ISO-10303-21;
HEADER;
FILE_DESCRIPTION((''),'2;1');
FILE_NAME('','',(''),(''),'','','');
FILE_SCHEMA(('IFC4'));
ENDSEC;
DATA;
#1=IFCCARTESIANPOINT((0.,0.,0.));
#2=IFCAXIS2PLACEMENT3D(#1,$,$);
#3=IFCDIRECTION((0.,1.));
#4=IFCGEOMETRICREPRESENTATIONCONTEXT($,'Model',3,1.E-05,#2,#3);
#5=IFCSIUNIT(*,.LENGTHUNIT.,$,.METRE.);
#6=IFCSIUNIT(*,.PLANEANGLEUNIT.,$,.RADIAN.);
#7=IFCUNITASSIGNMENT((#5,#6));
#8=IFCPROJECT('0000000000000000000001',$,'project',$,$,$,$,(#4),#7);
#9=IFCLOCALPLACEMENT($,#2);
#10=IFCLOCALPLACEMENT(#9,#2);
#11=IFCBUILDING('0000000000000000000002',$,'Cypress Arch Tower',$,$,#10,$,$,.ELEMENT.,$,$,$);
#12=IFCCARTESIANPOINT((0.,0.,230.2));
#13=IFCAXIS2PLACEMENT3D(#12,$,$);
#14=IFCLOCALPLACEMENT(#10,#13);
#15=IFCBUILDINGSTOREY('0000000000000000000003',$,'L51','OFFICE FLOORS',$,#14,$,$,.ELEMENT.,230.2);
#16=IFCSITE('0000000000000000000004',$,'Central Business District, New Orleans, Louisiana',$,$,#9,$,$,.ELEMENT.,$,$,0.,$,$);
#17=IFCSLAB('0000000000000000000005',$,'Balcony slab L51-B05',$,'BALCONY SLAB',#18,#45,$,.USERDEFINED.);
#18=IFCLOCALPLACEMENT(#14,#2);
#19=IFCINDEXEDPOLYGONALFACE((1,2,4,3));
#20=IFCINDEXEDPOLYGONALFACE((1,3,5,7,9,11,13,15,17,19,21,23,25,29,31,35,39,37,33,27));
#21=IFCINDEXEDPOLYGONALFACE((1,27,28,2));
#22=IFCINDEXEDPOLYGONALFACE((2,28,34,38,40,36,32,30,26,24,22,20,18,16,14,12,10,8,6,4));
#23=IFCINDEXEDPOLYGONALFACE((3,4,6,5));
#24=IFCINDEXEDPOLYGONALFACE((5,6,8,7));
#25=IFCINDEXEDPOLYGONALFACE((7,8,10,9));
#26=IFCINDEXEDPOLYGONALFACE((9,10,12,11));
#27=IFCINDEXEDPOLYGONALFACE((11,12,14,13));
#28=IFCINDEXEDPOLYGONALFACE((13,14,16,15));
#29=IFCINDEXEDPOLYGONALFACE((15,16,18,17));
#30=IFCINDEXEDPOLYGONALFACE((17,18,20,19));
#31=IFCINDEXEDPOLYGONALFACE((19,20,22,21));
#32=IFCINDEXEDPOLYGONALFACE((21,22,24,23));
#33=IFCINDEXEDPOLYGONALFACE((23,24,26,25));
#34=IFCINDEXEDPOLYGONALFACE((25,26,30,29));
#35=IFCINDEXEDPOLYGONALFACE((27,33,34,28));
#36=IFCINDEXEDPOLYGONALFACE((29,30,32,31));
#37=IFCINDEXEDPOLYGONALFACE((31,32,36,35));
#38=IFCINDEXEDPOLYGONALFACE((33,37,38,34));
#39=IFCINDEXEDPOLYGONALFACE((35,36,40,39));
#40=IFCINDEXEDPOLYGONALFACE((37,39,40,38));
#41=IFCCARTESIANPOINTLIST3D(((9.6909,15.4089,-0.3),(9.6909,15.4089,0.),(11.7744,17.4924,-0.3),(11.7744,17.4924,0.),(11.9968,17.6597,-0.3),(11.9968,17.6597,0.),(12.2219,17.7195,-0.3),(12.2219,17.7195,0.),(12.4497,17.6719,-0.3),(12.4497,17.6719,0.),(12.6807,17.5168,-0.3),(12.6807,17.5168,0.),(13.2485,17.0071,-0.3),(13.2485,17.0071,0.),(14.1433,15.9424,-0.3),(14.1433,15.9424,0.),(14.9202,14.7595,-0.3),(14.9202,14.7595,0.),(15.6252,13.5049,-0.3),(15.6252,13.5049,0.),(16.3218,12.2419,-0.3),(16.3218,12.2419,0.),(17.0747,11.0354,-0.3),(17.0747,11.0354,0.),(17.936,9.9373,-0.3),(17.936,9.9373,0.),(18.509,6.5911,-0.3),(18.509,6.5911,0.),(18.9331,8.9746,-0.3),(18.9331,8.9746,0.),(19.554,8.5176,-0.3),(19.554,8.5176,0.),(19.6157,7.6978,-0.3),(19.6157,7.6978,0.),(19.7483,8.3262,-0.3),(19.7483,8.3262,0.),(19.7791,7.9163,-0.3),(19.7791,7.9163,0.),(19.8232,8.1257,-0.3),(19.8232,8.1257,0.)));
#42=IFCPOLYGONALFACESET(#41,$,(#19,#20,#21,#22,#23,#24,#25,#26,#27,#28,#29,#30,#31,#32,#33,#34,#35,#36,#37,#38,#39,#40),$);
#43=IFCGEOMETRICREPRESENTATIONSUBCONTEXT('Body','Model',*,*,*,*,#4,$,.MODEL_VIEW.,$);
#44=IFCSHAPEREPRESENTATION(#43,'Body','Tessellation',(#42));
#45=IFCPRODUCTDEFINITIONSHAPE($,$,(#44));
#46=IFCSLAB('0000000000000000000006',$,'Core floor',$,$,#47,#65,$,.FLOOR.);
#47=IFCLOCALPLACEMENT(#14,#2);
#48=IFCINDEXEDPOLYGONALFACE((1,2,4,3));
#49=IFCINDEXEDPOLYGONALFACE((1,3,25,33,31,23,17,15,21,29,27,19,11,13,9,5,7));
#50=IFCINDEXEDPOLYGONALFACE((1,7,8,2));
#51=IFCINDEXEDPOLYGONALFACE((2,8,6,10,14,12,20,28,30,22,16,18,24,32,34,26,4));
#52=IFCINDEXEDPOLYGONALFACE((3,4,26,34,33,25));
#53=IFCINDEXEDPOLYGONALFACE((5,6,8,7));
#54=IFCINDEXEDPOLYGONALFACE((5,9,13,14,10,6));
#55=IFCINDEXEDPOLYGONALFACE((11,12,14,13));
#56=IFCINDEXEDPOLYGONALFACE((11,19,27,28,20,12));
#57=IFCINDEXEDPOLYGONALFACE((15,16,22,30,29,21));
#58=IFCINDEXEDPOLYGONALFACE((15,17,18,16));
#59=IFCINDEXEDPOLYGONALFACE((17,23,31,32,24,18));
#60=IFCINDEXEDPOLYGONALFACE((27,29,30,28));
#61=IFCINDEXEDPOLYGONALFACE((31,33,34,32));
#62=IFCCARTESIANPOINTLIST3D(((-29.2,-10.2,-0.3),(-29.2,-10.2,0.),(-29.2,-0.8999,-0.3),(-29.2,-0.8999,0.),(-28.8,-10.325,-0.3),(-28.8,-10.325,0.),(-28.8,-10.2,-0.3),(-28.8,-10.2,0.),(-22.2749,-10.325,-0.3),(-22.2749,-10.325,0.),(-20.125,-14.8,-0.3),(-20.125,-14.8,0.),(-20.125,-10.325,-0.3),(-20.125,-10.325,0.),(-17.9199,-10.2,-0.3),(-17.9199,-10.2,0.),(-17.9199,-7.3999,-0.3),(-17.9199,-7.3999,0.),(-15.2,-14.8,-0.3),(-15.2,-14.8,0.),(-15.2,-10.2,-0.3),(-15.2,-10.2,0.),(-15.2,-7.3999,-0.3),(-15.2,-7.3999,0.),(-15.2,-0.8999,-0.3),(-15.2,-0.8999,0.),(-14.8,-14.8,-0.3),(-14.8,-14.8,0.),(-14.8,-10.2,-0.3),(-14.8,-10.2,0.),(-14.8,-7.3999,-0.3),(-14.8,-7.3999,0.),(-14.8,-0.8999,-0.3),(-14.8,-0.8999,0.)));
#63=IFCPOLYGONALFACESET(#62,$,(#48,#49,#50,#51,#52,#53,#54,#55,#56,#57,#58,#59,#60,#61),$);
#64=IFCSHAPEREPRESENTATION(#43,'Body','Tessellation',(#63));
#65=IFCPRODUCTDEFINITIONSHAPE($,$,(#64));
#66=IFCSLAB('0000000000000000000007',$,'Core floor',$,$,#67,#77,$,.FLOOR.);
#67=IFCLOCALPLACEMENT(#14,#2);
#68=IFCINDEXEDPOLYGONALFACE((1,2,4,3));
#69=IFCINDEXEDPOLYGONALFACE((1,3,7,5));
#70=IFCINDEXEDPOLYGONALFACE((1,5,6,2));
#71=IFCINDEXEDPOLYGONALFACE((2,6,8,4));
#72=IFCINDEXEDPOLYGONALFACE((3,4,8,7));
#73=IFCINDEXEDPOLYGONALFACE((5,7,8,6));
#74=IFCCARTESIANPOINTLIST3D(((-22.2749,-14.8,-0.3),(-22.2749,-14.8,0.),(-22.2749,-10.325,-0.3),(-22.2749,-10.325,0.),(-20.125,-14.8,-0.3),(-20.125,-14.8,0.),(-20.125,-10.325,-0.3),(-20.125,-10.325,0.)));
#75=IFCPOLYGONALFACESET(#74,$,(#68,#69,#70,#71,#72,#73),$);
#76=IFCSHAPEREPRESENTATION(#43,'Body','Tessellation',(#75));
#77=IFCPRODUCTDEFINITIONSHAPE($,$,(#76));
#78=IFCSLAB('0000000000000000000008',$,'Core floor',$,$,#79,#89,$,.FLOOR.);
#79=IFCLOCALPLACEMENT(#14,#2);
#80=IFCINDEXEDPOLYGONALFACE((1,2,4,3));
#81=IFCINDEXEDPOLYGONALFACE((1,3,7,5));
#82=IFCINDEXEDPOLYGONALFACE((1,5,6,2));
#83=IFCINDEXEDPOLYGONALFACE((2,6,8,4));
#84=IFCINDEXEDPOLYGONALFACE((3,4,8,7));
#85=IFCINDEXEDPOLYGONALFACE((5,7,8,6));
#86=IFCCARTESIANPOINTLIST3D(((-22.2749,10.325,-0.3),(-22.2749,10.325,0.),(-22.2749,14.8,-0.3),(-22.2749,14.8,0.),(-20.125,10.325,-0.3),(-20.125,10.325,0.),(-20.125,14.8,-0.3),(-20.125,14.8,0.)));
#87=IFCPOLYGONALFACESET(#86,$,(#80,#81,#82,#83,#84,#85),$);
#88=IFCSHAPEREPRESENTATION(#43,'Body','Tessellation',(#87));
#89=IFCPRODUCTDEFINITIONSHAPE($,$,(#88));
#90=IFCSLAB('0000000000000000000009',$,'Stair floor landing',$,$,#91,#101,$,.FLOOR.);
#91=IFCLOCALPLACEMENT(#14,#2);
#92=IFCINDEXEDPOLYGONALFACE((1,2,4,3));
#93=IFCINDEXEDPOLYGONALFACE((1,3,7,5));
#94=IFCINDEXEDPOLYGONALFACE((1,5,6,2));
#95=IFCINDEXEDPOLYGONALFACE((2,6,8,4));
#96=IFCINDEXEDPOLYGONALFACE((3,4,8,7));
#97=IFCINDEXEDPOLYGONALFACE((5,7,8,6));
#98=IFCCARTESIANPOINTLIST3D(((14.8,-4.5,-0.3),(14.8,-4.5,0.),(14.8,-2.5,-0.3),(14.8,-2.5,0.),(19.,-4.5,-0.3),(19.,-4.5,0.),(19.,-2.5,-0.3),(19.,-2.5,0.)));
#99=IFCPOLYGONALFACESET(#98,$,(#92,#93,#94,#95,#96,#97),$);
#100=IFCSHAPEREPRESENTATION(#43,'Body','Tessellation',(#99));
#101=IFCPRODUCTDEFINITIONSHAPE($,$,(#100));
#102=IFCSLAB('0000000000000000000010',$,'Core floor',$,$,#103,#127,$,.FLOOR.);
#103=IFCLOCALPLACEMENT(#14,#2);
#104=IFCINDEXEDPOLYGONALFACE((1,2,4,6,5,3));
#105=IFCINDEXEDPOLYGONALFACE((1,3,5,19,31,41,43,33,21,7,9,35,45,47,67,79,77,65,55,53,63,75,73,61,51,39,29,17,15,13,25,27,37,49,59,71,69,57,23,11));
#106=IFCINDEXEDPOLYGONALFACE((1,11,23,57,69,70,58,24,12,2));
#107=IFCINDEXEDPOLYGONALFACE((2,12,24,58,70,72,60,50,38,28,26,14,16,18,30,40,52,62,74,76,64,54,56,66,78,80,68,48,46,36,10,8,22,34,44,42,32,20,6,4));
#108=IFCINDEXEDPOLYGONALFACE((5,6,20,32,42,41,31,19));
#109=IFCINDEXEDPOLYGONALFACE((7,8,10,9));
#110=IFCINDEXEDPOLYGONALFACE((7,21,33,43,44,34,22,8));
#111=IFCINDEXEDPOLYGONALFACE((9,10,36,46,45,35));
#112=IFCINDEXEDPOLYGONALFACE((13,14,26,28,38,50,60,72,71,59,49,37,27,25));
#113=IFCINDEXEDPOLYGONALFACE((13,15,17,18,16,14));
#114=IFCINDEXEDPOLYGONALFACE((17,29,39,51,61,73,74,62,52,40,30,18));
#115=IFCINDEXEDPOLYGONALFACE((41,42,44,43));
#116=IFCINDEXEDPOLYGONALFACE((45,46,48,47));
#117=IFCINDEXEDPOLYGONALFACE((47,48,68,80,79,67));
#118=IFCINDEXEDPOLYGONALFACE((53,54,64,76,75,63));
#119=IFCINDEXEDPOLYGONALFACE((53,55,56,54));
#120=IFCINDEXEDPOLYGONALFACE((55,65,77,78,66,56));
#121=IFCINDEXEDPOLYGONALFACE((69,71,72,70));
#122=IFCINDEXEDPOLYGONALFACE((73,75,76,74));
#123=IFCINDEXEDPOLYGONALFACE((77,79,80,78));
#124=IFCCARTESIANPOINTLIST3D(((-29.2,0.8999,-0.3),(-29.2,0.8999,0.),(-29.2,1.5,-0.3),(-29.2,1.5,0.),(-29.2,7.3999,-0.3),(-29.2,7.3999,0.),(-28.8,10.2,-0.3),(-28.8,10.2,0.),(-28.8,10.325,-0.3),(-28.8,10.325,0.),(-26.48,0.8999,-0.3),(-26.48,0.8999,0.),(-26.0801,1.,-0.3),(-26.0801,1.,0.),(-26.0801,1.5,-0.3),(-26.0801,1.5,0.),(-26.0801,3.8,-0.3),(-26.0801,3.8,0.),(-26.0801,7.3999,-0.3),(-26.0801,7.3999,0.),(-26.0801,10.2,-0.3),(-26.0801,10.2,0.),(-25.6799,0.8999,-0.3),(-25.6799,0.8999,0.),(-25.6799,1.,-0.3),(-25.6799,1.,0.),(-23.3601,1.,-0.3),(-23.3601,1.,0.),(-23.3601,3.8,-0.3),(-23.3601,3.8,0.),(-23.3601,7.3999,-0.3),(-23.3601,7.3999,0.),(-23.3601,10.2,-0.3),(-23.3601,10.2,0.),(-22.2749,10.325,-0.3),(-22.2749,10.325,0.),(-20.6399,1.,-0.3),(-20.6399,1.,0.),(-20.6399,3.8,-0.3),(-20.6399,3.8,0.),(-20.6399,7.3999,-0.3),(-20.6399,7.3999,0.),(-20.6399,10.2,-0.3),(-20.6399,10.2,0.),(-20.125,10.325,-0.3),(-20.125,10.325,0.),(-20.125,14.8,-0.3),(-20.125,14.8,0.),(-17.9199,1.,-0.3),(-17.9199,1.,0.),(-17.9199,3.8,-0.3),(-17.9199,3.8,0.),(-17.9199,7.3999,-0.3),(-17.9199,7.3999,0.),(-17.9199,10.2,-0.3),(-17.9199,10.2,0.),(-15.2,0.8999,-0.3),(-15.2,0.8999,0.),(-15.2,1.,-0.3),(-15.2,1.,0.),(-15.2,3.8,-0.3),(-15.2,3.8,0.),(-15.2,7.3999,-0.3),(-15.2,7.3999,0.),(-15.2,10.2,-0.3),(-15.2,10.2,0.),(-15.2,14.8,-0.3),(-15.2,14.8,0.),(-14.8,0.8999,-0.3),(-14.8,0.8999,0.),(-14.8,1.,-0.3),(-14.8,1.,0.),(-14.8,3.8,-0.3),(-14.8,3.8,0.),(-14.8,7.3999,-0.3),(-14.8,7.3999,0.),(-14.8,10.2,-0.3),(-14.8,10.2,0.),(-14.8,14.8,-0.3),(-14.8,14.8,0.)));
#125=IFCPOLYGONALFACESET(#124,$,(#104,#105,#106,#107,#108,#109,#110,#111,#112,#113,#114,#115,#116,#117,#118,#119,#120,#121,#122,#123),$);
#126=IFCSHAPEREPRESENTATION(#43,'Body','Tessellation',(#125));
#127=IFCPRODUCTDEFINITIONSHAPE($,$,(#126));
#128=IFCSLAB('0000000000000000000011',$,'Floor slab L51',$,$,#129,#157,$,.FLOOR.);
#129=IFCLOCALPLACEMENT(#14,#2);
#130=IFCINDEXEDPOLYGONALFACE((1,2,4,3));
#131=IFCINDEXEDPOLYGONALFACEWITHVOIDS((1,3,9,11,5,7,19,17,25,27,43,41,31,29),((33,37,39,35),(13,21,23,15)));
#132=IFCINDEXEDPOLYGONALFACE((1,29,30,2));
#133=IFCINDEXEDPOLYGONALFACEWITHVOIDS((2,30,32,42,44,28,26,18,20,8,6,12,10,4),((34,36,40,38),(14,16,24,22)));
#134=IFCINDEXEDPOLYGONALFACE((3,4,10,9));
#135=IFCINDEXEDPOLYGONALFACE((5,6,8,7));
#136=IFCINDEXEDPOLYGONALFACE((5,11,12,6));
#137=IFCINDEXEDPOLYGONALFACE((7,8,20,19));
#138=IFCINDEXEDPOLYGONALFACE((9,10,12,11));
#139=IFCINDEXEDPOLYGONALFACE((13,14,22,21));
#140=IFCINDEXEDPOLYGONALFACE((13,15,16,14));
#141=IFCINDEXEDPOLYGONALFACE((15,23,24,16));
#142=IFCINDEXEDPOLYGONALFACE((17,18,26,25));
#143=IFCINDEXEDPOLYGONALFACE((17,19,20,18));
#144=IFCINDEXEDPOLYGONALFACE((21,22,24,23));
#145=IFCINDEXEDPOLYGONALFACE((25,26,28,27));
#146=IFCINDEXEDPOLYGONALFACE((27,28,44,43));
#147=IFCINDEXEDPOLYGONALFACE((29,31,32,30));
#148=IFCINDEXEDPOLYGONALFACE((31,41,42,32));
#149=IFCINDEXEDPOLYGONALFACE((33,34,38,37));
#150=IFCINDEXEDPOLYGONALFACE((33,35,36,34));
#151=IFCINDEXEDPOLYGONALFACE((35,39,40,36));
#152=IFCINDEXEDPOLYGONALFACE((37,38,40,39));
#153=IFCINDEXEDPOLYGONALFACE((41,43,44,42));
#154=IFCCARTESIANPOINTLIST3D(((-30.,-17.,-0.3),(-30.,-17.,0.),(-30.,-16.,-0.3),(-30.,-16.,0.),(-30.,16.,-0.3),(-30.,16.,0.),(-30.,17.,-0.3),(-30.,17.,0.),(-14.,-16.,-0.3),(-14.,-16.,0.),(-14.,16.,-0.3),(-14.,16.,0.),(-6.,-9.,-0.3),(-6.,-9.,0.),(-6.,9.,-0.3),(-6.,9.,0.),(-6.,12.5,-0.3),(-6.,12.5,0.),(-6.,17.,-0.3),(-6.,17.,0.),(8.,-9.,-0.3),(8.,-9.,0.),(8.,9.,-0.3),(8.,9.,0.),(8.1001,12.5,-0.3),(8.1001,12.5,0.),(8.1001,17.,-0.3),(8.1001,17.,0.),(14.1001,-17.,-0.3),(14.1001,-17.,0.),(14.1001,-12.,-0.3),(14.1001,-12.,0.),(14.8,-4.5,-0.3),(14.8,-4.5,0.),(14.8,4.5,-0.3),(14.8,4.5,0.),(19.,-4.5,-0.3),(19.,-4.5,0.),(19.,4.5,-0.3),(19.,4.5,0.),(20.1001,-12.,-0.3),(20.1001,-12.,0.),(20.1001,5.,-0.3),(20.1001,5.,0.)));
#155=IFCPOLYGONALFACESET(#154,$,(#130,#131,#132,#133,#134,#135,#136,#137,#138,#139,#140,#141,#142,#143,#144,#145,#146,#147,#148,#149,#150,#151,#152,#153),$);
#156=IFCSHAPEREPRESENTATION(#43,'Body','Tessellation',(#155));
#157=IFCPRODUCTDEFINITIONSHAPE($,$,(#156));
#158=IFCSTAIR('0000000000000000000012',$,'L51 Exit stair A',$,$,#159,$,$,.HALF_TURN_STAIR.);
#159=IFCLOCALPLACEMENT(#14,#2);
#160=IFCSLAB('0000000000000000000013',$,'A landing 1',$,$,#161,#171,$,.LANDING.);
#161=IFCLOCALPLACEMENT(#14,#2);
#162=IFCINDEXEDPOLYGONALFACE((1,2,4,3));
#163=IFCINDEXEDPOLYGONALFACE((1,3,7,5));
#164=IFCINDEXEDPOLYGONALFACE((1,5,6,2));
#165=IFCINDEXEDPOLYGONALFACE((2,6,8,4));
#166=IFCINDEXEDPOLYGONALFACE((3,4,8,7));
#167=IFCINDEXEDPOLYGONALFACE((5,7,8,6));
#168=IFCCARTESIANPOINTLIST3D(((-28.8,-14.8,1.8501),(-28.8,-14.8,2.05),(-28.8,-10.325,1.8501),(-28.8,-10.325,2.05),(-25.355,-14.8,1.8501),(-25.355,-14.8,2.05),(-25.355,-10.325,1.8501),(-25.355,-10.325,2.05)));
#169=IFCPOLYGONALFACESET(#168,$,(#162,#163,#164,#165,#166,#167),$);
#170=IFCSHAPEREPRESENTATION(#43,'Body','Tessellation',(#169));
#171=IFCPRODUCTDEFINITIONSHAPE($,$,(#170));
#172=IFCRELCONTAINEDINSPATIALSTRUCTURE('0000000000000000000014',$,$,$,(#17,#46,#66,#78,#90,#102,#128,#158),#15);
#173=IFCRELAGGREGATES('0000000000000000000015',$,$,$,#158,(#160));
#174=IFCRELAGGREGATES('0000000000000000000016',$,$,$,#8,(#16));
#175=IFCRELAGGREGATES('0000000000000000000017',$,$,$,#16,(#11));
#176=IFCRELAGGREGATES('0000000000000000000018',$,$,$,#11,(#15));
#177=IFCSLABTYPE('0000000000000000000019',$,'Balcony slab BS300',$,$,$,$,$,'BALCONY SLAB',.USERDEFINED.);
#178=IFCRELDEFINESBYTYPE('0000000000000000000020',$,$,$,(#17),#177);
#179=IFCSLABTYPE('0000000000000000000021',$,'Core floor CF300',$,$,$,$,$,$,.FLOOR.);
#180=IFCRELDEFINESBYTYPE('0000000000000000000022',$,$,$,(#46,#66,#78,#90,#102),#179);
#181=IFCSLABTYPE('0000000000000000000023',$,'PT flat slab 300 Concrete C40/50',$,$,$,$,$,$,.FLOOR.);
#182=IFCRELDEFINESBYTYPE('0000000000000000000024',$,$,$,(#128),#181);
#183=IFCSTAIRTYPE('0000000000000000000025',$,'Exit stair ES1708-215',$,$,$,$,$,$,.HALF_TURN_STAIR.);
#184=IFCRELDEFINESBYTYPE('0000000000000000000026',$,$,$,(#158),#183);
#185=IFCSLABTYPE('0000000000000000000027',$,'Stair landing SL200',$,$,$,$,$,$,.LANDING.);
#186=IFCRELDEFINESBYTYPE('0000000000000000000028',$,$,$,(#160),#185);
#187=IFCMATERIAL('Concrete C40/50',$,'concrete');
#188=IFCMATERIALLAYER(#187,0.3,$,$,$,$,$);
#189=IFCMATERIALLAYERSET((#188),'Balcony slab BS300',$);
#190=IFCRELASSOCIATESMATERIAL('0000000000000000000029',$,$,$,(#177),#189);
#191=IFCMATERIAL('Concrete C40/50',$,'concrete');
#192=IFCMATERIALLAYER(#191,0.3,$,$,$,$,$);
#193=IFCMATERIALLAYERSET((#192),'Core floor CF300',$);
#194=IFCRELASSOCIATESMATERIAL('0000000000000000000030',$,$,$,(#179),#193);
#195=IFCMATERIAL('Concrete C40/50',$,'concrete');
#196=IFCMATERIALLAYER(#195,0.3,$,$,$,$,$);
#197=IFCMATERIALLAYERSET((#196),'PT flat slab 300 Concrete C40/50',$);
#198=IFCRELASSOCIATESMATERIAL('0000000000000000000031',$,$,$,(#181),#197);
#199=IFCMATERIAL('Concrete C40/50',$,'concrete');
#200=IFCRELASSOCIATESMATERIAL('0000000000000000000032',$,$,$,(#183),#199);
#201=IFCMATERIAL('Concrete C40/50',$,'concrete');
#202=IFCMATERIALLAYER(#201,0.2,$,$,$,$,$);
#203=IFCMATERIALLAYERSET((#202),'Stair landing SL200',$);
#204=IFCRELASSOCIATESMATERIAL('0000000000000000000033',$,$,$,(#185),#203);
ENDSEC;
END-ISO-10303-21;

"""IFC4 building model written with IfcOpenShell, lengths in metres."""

from ifc_helpers import new_model, si_unit, direction, frame, origin, place, context, subcontext, project, spatial, polyline, outline, extrude, material, layer, layer_set, type_object, element, aggregate, save


model = new_model("IFC4")

# Units and contexts
model_context = context("Model", 3, precision=1e-05, world=origin(), true_north=direction((0.0, 1.0)))
body_context = subcontext(model_context, "Body", "Model", "MODEL_VIEW")
ifc_project = project(units=[si_unit("LENGTHUNIT", "METRE"), si_unit("PLANEANGLEUNIT", "RADIAN")], contexts=[model_context])

# Site, building, storey
site_placement = place(None, origin())
site = spatial("IfcSite", under=ifc_project, at=site_placement, Name="Central Business District, New Orleans, Louisiana", CompositionType="ELEMENT", RefElevation=0.0)
building_placement = place(site_placement, origin())
building = spatial("IfcBuilding", under=site, at=building_placement, Name="Cypress Arch Tower", CompositionType="ELEMENT")
storey_placement = place(building_placement, frame((0.0, 0.0, 230.2)))
storey = spatial("IfcBuildingStorey", under=building, at=storey_placement, Name="L51", Description="OFFICE FLOORS", CompositionType="ELEMENT", Elevation=230.2)

# Slabs
ifc_material_1 = material(Name="Concrete C40/50", Category="concrete")
ifc_layer_1 = layer(ifc_material_1, 0.3)
ifc_layer_set_1 = layer_set([ifc_layer_1], Name="Balcony slab BS300")
slab_type_1 = type_object("IfcSlabType", Name="Balcony slab BS300", ElementType="BALCONY SLAB", PredefinedType="USERDEFINED", material=ifc_layer_set_1)
slab_1_placement = place(storey_placement, frame((0.0, 0.0, -0.3)))
element("IfcSlab", 1, at=slab_1_placement, inside=storey, type_object=slab_type_1, Name="Balcony slab L51-B05", ObjectType="BALCONY SLAB", PredefinedType="USERDEFINED", context=body_context, shape_type="SweptSolid", body=[
    extrude(outline(polyline([(18.509, 6.5911), (19.6157, 7.6978), (19.7791, 7.9163), (19.8232, 8.1257), (19.7483, 8.3262), (19.554, 8.5176), (18.9331, 8.9746), (17.936, 9.9373), (17.0747, 11.0354), (16.3218, 12.2419), (15.6252, 13.5049), (14.9202, 14.7595), (14.1433, 15.9424), (13.2485, 17.0071), (12.6807, 17.5168), (12.4497, 17.6719), (12.2219, 17.7195), (11.9968, 17.6597), (11.7744, 17.4924), (9.6909, 15.4089), (18.509, 6.5911)])), origin(), (0.0, 0.0, 1.0), 0.3),
])
ifc_material_2 = material(Name="Concrete C40/50", Category="concrete")
ifc_layer_2 = layer(ifc_material_2, 0.3)
ifc_layer_set_2 = layer_set([ifc_layer_2], Name="Core floor CF300")
slab_type_2 = type_object("IfcSlabType", Name="Core floor CF300", PredefinedType="FLOOR", material=ifc_layer_set_2)
slab_2_placement = place(storey_placement, frame((0.0, 0.0, -0.3)))
element("IfcSlab", 2, at=slab_2_placement, inside=storey, type_object=slab_type_2, Name="Core floor", PredefinedType="FLOOR", context=body_context, shape_type="SweptSolid", body=[
    extrude(outline(polyline([(-28.8, -10.2), (-29.2, -10.2), (-29.2, -0.8999), (-15.2, -0.8999), (-14.8, -0.8999), (-14.8, -7.3999), (-15.2, -7.3999), (-17.9199, -7.3999), (-17.9199, -10.2), (-15.2, -10.2), (-14.8, -10.2), (-14.8, -14.8), (-15.2, -14.8), (-20.125, -14.8), (-20.125, -10.325), (-22.2749, -10.325), (-28.8, -10.325), (-28.8, -10.2)])), origin(), (0.0, 0.0, 1.0), 0.3),
])
slab_3_placement = place(storey_placement, frame((0.0, 0.0, -0.3)))
element("IfcSlab", 3, at=slab_3_placement, inside=storey, type_object=slab_type_2, Name="Core floor", PredefinedType="FLOOR", context=body_context, shape_type="SweptSolid", body=[
    extrude(outline(polyline([(-22.2749, -10.325), (-22.2749, -14.8), (-20.125, -14.8), (-20.125, -10.325), (-22.2749, -10.325)])), origin(), (0.0, 0.0, 1.0), 0.3),
])
slab_4_placement = place(storey_placement, frame((0.0, 0.0, -0.3)))
element("IfcSlab", 4, at=slab_4_placement, inside=storey, type_object=slab_type_2, Name="Core floor", PredefinedType="FLOOR", context=body_context, shape_type="SweptSolid", body=[
    extrude(outline(polyline([(-20.125, 14.8), (-22.2749, 14.8), (-22.2749, 10.325), (-20.125, 10.325), (-20.125, 14.8)])), origin(), (0.0, 0.0, 1.0), 0.3),
])
slab_5_placement = place(storey_placement, frame((0.0, 0.0, -0.3)))
element("IfcSlab", 5, at=slab_5_placement, inside=storey, type_object=slab_type_2, Name="Stair floor landing", PredefinedType="FLOOR", context=body_context, shape_type="SweptSolid", body=[
    extrude(outline(polyline([(19.0, -4.5), (19.0, -2.5), (14.8, -2.5), (14.8, -4.5), (19.0, -4.5)])), origin(), (0.0, 0.0, 1.0), 0.3),
])
slab_6_placement = place(storey_placement, frame((0.0, 0.0, -0.3)))
element("IfcSlab", 6, at=slab_6_placement, inside=storey, type_object=slab_type_2, Name="Core floor", PredefinedType="FLOOR", context=body_context, shape_type="SweptSolid", body=[
    extrude(outline(polyline([(-20.6399, 7.3999), (-20.6399, 10.2), (-23.3601, 10.2), (-26.0801, 10.2), (-28.8, 10.2), (-28.8, 10.325), (-22.2749, 10.325), (-20.125, 10.325), (-20.125, 14.8), (-15.2, 14.8), (-14.8, 14.8), (-14.8, 10.2), (-15.2, 10.2), (-17.9199, 10.2), (-17.9199, 7.3999), (-15.2, 7.3999), (-14.8, 7.3999), (-14.8, 3.8), (-15.2, 3.8), (-17.9199, 3.8), (-20.6399, 3.8), (-23.3601, 3.8), (-26.0801, 3.8), (-26.0801, 1.5), (-26.0801, 1.5), (-26.0801, 1.0), (-25.6799, 1.0), (-23.3601, 1.0), (-20.6399, 1.0), (-17.9199, 1.0), (-15.2, 1.0), (-14.8, 1.0), (-14.8, 0.8999), (-15.2, 0.8999), (-25.6799, 0.8999), (-26.48, 0.8999), (-29.2, 0.8999), (-29.2, 1.5), (-29.2, 7.3999), (-26.0801, 7.3999), (-23.3601, 7.3999), (-20.6399, 7.3999)])), origin(), (0.0, 0.0, 1.0), 0.3),
])
ifc_material_3 = material(Name="Concrete C40/50", Category="concrete")
ifc_layer_3 = layer(ifc_material_3, 0.3)
ifc_layer_set_3 = layer_set([ifc_layer_3], Name="PT flat slab 300 Concrete C40/50")
slab_type_3 = type_object("IfcSlabType", Name="PT flat slab 300 Concrete C40/50", PredefinedType="FLOOR", material=ifc_layer_set_3)
slab_7_placement = place(storey_placement, frame((0.0, 0.0, -0.3)))
element("IfcSlab", 7, at=slab_7_placement, inside=storey, type_object=slab_type_3, Name="Floor slab L51", PredefinedType="FLOOR", context=body_context, shape_type="SweptSolid", body=[
    extrude(outline(polyline([(-30.0, 17.0), (-6.0, 17.0), (-6.0, 12.5), (8.1001, 12.5), (8.1001, 17.0), (20.1001, 5.0), (20.1001, -12.0), (14.1001, -12.0), (14.1001, -17.0), (-30.0, -17.0), (-30.0, -16.0), (-14.0, -16.0), (-14.0, 16.0), (-30.0, 16.0), (-30.0, 17.0)]), holes=[polyline([(-6.0, -9.0), (8.0, -9.0), (8.0, 9.0), (-6.0, 9.0), (-6.0, -9.0)]), polyline([(14.8, -4.5), (19.0, -4.5), (19.0, 4.5), (14.8, 4.5), (14.8, -4.5)])]), origin(), (0.0, 0.0, 1.0), 0.3),
])

# Stair, slab
ifc_material_4 = material(Name="Concrete C40/50", Category="concrete")
stair_type_1 = type_object("IfcStairType", Name="Exit stair ES1708-215", PredefinedType="HALF_TURN_STAIR", material=ifc_material_4)
stair_1_placement = place(storey_placement, origin())
stair_1 = element("IfcStair", 8, at=stair_1_placement, inside=storey, type_object=stair_type_1, Name="L51 Exit stair A", PredefinedType="HALF_TURN_STAIR")
ifc_material_5 = material(Name="Concrete C40/50", Category="concrete")
ifc_layer_4 = layer(ifc_material_5, 0.2)
ifc_layer_set_4 = layer_set([ifc_layer_4], Name="Stair landing SL200")
slab_type_4 = type_object("IfcSlabType", Name="Stair landing SL200", PredefinedType="LANDING", material=ifc_layer_set_4)
slab_8_placement = place(storey_placement, frame((0.0, 0.0, 1.8501)))
slab_8 = element("IfcSlab", 9, at=slab_8_placement, type_object=slab_type_4, Name="A landing 1", PredefinedType="LANDING", context=body_context, shape_type="SweptSolid", body=[
    extrude(outline(polyline([(-25.355, -10.325), (-28.8, -10.325), (-28.8, -14.8), (-25.355, -14.8), (-25.355, -10.325)])), origin(), (0.0, 0.0, 1.0), 0.2),
])
aggregate(stair_1, [slab_8])

save(model, "model.ifc")
